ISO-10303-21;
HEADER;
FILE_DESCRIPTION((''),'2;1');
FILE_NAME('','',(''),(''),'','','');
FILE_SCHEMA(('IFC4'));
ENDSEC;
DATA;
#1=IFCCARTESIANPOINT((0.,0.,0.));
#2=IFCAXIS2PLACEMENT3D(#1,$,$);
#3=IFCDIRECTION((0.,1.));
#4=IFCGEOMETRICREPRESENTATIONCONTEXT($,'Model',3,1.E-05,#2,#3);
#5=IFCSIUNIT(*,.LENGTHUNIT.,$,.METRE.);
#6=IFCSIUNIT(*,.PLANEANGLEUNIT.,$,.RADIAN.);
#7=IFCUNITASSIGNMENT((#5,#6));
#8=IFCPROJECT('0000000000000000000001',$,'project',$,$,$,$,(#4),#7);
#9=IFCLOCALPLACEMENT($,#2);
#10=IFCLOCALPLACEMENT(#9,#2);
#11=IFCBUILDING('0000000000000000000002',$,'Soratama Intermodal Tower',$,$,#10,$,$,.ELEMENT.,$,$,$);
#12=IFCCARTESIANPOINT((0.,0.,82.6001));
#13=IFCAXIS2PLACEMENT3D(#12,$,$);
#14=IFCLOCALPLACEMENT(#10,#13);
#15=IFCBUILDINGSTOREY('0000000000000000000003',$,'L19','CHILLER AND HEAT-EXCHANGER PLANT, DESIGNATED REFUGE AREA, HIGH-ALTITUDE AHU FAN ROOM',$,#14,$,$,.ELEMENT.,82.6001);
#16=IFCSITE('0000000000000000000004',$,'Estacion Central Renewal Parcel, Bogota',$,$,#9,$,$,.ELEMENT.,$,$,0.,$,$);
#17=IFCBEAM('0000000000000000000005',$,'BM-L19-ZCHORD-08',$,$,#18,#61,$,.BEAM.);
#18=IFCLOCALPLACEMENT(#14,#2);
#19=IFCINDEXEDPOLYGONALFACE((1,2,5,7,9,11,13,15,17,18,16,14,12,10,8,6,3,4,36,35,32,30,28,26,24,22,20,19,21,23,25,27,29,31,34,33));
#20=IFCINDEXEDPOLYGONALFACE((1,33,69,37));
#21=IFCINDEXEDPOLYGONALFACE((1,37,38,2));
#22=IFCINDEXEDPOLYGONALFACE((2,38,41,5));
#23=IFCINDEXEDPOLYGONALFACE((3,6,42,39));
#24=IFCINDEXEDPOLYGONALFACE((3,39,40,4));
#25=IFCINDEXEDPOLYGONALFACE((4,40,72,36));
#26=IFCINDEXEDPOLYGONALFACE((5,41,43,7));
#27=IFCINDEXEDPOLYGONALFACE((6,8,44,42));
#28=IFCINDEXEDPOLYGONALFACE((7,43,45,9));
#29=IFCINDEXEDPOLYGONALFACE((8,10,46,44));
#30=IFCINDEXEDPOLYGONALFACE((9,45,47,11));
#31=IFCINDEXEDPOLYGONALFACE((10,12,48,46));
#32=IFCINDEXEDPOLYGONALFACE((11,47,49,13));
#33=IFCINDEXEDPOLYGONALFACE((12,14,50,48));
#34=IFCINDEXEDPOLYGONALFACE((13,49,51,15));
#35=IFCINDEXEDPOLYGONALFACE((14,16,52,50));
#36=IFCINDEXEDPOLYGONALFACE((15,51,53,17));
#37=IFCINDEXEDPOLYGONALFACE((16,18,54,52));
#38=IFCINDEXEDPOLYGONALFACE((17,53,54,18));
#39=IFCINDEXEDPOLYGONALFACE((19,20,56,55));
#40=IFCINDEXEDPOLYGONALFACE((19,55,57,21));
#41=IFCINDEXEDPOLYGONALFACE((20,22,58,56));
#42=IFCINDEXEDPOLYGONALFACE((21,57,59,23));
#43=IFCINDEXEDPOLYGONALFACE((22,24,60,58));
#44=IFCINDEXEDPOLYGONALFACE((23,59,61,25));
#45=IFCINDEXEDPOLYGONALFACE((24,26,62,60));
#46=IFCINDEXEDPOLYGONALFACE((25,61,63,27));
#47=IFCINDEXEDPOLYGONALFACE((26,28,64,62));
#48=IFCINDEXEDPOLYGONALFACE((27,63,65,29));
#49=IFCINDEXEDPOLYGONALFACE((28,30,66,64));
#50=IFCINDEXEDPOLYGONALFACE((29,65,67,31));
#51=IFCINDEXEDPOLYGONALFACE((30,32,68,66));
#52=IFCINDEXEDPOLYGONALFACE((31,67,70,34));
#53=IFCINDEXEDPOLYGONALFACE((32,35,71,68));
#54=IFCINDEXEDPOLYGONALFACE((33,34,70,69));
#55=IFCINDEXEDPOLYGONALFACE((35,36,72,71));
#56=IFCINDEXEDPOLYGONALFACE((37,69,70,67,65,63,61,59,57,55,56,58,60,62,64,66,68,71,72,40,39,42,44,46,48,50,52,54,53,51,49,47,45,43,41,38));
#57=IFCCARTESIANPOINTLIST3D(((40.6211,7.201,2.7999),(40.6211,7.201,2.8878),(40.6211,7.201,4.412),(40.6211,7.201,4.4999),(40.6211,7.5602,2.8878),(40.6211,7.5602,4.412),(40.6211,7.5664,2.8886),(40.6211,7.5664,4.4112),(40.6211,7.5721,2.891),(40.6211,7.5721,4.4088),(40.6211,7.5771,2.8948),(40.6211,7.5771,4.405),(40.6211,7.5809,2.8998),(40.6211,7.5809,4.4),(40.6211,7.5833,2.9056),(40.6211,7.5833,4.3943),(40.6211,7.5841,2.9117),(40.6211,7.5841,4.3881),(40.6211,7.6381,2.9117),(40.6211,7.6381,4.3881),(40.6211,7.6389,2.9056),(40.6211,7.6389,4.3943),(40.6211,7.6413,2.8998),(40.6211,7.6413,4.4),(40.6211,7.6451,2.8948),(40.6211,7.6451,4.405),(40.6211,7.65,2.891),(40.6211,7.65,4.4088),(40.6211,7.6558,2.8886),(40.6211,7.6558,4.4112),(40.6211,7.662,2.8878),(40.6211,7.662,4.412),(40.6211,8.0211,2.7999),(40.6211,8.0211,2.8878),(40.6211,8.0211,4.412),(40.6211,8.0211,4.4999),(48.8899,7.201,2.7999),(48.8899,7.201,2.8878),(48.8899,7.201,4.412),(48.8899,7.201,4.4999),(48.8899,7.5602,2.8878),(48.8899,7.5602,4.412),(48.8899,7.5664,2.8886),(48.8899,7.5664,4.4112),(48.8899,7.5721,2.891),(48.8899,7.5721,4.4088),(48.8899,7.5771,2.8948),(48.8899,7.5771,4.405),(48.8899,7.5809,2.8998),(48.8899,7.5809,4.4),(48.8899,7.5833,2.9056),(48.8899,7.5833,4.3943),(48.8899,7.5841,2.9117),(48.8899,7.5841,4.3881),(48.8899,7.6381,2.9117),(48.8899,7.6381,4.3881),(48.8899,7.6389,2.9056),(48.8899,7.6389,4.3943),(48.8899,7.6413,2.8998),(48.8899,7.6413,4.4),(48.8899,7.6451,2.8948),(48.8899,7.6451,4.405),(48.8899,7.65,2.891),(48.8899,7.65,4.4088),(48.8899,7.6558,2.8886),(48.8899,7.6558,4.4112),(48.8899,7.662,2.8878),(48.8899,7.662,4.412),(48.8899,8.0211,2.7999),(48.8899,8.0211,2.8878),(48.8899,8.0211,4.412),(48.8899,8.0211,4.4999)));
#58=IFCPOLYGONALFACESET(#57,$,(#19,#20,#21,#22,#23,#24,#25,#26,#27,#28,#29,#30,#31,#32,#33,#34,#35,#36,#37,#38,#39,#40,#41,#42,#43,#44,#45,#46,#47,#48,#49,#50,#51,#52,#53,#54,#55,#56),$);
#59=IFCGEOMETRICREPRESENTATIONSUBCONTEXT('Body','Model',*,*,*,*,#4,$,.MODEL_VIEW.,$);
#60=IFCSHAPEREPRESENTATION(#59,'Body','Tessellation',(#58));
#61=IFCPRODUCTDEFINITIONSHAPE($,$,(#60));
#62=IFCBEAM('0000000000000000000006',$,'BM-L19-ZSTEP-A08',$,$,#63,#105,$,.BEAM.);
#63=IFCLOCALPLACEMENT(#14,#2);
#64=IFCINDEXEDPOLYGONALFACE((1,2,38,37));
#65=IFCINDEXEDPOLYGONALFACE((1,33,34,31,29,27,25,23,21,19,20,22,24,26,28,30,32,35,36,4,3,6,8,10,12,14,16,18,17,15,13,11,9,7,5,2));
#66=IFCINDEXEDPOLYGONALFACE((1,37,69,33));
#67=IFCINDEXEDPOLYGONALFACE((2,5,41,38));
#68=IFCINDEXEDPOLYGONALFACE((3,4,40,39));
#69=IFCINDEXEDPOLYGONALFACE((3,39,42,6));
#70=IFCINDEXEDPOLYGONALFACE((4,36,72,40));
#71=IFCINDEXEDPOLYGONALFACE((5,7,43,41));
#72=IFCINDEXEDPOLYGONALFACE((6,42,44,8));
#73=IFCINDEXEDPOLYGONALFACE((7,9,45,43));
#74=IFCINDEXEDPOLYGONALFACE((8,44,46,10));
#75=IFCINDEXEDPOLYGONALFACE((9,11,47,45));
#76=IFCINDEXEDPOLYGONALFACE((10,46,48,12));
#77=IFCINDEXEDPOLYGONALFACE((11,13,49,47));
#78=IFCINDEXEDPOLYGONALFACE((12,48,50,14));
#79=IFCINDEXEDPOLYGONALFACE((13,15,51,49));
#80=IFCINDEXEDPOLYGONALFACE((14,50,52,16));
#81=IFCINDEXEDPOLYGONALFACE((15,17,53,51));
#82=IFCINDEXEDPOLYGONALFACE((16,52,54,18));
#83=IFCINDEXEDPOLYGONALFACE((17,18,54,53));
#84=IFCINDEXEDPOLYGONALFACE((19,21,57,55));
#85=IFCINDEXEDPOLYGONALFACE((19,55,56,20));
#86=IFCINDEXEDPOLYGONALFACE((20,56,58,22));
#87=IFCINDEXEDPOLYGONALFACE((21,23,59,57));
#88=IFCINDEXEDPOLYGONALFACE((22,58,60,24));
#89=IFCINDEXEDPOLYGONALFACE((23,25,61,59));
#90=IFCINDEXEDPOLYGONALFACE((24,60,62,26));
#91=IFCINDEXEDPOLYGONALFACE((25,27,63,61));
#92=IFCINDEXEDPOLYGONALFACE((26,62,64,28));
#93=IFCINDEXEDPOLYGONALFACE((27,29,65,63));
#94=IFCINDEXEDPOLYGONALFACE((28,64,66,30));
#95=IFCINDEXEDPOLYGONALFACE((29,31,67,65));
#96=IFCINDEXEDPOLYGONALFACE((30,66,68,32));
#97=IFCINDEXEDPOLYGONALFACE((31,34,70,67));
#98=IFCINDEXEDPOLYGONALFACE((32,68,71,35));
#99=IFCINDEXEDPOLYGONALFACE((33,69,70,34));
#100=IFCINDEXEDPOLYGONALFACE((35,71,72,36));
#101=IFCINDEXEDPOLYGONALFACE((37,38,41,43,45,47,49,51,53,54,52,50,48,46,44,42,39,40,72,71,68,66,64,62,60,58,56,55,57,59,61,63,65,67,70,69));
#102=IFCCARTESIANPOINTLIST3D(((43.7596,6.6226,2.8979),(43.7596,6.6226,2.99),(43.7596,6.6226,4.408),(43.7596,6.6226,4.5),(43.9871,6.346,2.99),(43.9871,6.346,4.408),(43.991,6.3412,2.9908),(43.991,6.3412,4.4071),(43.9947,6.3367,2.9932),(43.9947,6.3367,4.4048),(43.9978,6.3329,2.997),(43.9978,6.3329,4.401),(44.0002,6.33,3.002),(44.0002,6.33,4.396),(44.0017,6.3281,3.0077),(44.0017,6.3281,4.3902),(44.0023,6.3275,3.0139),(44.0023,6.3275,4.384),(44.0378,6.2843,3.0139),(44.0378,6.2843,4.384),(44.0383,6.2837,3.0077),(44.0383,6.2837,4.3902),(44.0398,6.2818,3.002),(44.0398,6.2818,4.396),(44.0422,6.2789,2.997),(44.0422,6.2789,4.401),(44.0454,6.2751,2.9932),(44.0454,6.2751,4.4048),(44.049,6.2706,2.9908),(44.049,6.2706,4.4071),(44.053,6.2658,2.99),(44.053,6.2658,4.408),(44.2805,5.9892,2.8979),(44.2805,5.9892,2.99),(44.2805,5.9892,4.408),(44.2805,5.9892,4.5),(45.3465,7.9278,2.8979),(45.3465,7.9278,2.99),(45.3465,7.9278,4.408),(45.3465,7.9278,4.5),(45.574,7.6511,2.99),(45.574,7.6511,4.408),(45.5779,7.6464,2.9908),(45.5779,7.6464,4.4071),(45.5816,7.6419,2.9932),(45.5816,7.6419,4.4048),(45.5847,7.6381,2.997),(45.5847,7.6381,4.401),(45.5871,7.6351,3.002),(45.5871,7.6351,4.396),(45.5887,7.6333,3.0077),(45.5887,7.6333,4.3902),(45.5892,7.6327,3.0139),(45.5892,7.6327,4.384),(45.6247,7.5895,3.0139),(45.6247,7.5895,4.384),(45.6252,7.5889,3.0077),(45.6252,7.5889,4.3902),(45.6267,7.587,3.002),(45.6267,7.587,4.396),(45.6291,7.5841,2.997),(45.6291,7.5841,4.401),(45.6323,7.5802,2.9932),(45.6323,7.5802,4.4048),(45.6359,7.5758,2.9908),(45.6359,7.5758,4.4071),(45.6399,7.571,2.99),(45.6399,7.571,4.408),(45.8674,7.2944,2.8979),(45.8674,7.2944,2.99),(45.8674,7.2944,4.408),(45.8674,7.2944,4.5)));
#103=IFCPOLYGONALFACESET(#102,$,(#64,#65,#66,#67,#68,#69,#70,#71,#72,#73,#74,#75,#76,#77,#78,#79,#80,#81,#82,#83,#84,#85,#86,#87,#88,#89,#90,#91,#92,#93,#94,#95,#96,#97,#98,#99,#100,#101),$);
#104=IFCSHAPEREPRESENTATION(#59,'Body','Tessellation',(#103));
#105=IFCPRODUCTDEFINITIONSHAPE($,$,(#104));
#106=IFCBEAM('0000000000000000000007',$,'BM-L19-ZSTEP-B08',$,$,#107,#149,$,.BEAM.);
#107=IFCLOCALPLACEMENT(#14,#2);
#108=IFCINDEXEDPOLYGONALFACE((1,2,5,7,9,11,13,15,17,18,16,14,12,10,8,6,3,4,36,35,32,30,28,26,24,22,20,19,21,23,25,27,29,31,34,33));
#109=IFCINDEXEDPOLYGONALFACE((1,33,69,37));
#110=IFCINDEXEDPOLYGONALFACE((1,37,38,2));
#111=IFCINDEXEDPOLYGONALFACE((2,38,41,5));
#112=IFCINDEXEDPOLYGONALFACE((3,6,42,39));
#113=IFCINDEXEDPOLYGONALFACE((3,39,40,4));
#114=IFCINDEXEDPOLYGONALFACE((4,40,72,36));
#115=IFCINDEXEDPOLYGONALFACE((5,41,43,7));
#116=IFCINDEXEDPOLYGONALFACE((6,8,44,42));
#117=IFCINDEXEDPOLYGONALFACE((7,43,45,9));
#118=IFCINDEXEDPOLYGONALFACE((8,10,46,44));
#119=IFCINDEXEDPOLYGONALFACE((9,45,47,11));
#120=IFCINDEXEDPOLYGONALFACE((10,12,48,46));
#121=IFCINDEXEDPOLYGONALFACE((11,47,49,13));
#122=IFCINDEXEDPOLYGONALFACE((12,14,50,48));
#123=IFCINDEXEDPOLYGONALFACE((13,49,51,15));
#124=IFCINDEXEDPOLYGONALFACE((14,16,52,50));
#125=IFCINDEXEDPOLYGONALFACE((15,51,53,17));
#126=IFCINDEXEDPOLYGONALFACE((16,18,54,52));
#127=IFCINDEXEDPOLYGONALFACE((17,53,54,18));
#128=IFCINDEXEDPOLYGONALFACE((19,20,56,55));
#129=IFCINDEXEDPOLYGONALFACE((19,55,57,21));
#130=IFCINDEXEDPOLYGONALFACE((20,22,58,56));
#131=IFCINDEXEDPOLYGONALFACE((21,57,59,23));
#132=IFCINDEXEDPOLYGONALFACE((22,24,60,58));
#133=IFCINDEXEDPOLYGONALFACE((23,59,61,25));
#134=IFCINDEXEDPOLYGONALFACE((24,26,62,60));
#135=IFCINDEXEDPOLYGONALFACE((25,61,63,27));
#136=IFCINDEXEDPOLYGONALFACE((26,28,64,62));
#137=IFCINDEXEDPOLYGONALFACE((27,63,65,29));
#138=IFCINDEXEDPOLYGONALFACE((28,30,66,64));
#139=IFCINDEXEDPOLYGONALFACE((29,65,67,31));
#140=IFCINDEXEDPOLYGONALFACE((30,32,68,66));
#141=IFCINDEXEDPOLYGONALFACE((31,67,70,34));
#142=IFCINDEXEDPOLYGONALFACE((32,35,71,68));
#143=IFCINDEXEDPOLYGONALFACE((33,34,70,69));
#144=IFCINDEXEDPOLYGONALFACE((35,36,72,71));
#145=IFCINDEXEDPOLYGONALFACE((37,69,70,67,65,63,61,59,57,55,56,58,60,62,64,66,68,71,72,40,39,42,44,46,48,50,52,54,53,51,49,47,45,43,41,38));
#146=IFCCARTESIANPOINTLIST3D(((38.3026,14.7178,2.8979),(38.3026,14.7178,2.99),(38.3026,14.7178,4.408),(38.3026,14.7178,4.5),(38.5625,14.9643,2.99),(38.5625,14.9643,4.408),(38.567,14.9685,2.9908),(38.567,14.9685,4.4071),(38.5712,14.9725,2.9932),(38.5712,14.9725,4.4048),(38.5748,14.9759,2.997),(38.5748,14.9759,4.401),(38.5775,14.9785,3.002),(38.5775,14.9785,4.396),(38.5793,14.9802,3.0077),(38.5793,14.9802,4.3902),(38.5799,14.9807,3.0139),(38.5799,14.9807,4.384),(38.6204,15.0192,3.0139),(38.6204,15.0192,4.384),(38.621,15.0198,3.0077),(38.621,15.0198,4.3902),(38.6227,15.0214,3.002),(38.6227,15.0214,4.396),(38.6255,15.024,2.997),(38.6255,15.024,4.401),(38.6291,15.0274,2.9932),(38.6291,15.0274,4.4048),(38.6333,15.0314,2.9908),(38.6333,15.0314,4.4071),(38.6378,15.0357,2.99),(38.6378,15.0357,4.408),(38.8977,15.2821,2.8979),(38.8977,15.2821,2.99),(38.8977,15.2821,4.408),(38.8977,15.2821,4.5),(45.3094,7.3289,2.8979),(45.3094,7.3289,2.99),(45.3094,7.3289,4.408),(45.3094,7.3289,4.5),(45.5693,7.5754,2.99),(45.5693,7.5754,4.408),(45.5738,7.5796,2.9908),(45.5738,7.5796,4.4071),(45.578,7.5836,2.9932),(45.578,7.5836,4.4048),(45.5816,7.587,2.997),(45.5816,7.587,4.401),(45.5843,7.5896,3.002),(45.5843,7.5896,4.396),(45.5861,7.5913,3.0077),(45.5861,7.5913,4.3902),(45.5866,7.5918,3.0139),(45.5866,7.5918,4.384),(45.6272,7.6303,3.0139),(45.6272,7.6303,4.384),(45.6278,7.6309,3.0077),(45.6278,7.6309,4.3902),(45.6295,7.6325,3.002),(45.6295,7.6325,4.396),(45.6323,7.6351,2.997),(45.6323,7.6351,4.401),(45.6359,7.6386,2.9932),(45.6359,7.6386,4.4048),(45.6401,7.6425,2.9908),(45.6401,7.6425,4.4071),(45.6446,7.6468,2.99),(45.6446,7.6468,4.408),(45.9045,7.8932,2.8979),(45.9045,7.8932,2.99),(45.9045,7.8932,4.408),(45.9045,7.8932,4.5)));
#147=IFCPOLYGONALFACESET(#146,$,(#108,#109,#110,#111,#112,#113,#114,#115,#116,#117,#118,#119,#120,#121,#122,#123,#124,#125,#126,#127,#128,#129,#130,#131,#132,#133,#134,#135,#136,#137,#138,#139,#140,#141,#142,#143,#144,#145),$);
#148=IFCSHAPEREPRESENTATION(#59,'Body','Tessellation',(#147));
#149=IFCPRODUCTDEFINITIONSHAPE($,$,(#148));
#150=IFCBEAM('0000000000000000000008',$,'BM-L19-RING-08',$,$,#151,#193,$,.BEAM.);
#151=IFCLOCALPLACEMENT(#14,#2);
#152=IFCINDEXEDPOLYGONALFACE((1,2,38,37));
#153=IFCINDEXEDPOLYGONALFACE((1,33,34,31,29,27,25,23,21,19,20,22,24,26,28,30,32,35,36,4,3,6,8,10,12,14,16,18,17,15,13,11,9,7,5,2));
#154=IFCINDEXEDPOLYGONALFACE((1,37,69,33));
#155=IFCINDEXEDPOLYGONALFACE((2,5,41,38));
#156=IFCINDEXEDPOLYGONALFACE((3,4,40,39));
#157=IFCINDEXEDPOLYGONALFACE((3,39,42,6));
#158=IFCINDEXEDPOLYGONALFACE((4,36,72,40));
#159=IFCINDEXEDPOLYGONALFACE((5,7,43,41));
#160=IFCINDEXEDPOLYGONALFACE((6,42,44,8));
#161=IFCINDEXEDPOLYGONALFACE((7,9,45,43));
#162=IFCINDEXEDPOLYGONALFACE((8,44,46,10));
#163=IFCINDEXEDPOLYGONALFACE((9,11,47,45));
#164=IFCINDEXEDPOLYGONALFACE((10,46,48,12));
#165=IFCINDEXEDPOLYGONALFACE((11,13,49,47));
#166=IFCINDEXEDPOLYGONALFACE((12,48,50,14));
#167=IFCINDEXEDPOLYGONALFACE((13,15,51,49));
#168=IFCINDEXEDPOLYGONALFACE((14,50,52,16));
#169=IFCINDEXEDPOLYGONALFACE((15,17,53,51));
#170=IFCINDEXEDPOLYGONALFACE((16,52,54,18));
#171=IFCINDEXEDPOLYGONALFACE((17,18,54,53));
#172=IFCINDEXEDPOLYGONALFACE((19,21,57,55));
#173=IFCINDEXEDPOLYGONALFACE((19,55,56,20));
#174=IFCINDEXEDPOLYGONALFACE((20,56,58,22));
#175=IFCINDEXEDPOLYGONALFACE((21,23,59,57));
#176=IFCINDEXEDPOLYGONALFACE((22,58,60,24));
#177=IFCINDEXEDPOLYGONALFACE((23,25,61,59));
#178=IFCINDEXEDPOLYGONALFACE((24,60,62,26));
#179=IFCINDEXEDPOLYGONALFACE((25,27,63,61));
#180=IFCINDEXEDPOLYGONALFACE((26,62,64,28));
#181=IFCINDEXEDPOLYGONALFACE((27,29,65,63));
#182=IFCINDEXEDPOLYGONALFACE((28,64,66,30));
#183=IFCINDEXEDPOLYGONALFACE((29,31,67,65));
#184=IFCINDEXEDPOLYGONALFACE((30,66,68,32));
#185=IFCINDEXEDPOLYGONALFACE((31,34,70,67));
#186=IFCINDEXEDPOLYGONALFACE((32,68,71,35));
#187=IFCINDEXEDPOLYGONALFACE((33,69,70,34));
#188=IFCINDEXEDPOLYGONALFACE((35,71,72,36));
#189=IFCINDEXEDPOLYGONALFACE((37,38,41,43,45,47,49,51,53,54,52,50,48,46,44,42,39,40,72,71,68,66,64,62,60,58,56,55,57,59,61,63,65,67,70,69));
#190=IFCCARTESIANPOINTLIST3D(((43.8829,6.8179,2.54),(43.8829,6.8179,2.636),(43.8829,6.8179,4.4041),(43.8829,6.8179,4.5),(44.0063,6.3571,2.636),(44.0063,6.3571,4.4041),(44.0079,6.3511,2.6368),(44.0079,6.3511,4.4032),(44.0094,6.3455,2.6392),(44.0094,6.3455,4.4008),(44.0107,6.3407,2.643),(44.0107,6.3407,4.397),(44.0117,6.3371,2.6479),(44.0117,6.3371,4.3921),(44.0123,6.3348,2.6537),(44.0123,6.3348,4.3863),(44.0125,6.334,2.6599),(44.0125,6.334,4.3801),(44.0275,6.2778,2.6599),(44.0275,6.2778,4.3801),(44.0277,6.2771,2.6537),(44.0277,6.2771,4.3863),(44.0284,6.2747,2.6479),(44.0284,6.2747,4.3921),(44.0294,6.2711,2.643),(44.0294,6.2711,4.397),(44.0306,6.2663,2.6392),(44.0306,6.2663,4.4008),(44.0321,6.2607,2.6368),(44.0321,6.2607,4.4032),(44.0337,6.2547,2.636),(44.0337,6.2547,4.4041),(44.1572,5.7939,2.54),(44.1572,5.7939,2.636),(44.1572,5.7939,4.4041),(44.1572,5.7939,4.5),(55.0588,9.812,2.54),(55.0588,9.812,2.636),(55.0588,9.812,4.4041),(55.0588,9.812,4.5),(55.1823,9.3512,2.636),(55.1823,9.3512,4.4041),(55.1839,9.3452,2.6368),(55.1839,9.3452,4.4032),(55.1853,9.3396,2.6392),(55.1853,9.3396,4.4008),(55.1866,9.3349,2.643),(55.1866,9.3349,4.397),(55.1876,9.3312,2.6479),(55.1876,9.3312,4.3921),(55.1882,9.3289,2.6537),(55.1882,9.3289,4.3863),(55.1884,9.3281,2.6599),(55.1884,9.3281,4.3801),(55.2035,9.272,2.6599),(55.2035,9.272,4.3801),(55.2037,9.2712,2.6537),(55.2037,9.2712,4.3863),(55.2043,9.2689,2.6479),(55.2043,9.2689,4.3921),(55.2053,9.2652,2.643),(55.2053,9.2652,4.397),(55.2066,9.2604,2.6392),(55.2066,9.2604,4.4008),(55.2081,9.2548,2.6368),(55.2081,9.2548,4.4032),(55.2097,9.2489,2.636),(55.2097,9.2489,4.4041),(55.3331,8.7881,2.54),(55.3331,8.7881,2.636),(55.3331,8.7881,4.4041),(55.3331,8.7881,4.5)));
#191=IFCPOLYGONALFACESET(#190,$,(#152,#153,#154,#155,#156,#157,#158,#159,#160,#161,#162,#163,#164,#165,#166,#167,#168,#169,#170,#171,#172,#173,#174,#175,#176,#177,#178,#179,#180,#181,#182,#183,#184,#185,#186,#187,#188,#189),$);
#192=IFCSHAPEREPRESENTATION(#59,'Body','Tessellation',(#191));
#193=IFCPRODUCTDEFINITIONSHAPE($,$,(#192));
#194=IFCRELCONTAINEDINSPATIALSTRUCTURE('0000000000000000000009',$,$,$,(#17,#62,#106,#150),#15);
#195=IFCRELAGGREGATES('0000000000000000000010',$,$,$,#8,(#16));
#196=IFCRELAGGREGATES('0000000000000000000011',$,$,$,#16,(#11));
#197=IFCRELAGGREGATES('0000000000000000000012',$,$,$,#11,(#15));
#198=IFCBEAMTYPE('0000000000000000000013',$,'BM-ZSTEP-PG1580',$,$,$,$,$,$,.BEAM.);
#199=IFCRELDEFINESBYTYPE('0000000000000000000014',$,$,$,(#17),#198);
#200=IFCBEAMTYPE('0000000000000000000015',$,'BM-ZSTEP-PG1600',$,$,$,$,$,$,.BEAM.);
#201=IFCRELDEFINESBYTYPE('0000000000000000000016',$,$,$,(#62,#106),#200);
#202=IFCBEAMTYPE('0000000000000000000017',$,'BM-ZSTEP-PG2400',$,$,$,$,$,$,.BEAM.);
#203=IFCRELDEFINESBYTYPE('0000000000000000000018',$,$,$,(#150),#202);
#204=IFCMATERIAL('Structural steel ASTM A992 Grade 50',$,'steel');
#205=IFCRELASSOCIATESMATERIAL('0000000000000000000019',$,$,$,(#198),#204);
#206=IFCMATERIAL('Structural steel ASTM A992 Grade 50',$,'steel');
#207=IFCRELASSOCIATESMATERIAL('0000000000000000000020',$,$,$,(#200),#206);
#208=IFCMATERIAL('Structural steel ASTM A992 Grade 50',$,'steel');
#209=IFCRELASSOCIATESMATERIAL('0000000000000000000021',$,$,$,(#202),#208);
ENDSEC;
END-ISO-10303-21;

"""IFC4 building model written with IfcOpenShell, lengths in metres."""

from ifc_helpers import new_model, si_unit, direction, frame, origin, origin_2d, place, context, subcontext, project, spatial, i_section, extrude, material, material_profile, profile_set, type_object, element, save


model = new_model("IFC4")

# Units and contexts
model_context = context("Model", 3, precision=1e-05, world=origin(), true_north=direction((0.0, 1.0)))
body_context = subcontext(model_context, "Body", "Model", "MODEL_VIEW")
ifc_project = project(units=[si_unit("LENGTHUNIT", "METRE"), si_unit("PLANEANGLEUNIT", "RADIAN")], contexts=[model_context])

# Site, building, storey
site_placement = place(None, origin())
site = spatial("IfcSite", under=ifc_project, at=site_placement, Name="Estacion Central Renewal Parcel, Bogota", CompositionType="ELEMENT", RefElevation=0.0)
building_placement = place(site_placement, origin())
building = spatial("IfcBuilding", under=site, at=building_placement, Name="Soratama Intermodal Tower", CompositionType="ELEMENT")
storey_placement = place(building_placement, frame((0.0, 0.0, 82.6001)))
storey = spatial("IfcBuildingStorey", under=building, at=storey_placement, Name="L19", Description="CHILLER AND HEAT-EXCHANGER PLANT, DESIGNATED REFUGE AREA, HIGH-ALTITUDE AHU FAN ROOM", CompositionType="ELEMENT", Elevation=82.6001)

# Beams
ifc_material_1 = material(Name="Structural steel ASTM A992 Grade 50", Category="steel")
ifc_material_profile_1 = material_profile(ifc_material_1, i_section(OverallWidth=0.8201, OverallDepth=1.7, WebThickness=0.054, FlangeThickness=0.0879, FilletRadius=0.0239, at=origin_2d()), Name="PG1580X800")
ifc_profile_set_1 = profile_set([ifc_material_profile_1], Name="Structural steel ASTM A992 Grade 50")
beam_type_1 = type_object("IfcBeamType", Name="BM-ZSTEP-PG1580", PredefinedType="BEAM", material=ifc_profile_set_1)
beam_1_placement = place(storey_placement, frame((48.8899, 7.6111, 3.6499), z_axis=(-1.0, 0.0, 0.0), x_axis=(0.0, -1.0, 0.0)))
element("IfcBeam", 1, at=beam_1_placement, inside=storey, type_object=beam_type_1, Name="BM-L19-ZCHORD-08", PredefinedType="BEAM", context=body_context, shape_type="SweptSolid", body=[
    extrude(i_section(OverallWidth=0.8201, OverallDepth=1.7, WebThickness=0.054, FlangeThickness=0.0879, FilletRadius=0.0239, at=origin_2d()), origin(), (0.0, 0.0, 1.0), 8.2688),
])
ifc_material_2 = material(Name="Structural steel ASTM A992 Grade 50", Category="steel")
ifc_material_profile_2 = material_profile(ifc_material_2, i_section(OverallWidth=0.8201, OverallDepth=1.6021, WebThickness=0.0559, FlangeThickness=0.092, FilletRadius=0.0239, at=origin_2d()), Name="PG1600X650")
ifc_profile_set_2 = profile_set([ifc_material_profile_2], Name="Structural steel ASTM A992 Grade 50")
beam_type_2 = type_object("IfcBeamType", Name="BM-ZSTEP-PG1600", PredefinedType="BEAM", material=ifc_profile_set_2)
beam_2_placement = place(storey_placement, frame((44.02, 6.3059, 3.699), z_axis=(0.772335, 0.635216, 0.0), x_axis=(-0.635216, 0.772335, 0.0)))
element("IfcBeam", 2, at=beam_2_placement, inside=storey, type_object=beam_type_2, Name="BM-L19-ZSTEP-A08", PredefinedType="BEAM", context=body_context, shape_type="SweptSolid", body=[
    extrude(i_section(OverallWidth=0.8201, OverallDepth=1.6021, WebThickness=0.0559, FlangeThickness=0.092, FilletRadius=0.0239, at=origin_2d()), origin(), (0.0, 0.0, 1.0), 2.0547),
])
beam_3_placement = place(storey_placement, frame((45.6069, 7.6111, 3.699), z_axis=(-0.688097, 0.725619, 0.0), x_axis=(-0.725619, -0.688097, 0.0)))
element("IfcBeam", 3, at=beam_3_placement, inside=storey, type_object=beam_type_2, Name="BM-L19-ZSTEP-B08", PredefinedType="BEAM", context=body_context, shape_type="SweptSolid", body=[
    extrude(i_section(OverallWidth=0.8201, OverallDepth=1.6021, WebThickness=0.0559, FlangeThickness=0.092, FilletRadius=0.0239, at=origin_2d()), origin(), (0.0, 0.0, 1.0), 10.1829),
])
ifc_material_3 = material(Name="Structural steel ASTM A992 Grade 50", Category="steel")
ifc_material_profile_3 = material_profile(ifc_material_3, i_section(OverallWidth=1.0601, OverallDepth=1.96, WebThickness=0.0581, FlangeThickness=0.0959, FilletRadius=0.0239, at=origin_2d()), Name="PG2400X900")
ifc_profile_set_3 = profile_set([ifc_material_profile_3], Name="Structural steel ASTM A992 Grade 50")
beam_type_3 = type_object("IfcBeamType", Name="BM-ZSTEP-PG2400", PredefinedType="BEAM", material=ifc_profile_set_3)
beam_4_placement = place(storey_placement, frame((44.02, 6.3059, 3.52), z_axis=(0.965936, 0.258781, 0.0), x_axis=(-0.258781, 0.965936, 0.0)))
element("IfcBeam", 4, at=beam_4_placement, inside=storey, type_object=beam_type_3, Name="BM-L19-RING-08", PredefinedType="BEAM", context=body_context, shape_type="SweptSolid", body=[
    extrude(i_section(OverallWidth=1.0601, OverallDepth=1.96, WebThickness=0.0581, FlangeThickness=0.0959, FilletRadius=0.0239, at=origin_2d()), origin(), (0.0, 0.0, 1.0), 11.5701),
])

save(model, "model.ifc")
